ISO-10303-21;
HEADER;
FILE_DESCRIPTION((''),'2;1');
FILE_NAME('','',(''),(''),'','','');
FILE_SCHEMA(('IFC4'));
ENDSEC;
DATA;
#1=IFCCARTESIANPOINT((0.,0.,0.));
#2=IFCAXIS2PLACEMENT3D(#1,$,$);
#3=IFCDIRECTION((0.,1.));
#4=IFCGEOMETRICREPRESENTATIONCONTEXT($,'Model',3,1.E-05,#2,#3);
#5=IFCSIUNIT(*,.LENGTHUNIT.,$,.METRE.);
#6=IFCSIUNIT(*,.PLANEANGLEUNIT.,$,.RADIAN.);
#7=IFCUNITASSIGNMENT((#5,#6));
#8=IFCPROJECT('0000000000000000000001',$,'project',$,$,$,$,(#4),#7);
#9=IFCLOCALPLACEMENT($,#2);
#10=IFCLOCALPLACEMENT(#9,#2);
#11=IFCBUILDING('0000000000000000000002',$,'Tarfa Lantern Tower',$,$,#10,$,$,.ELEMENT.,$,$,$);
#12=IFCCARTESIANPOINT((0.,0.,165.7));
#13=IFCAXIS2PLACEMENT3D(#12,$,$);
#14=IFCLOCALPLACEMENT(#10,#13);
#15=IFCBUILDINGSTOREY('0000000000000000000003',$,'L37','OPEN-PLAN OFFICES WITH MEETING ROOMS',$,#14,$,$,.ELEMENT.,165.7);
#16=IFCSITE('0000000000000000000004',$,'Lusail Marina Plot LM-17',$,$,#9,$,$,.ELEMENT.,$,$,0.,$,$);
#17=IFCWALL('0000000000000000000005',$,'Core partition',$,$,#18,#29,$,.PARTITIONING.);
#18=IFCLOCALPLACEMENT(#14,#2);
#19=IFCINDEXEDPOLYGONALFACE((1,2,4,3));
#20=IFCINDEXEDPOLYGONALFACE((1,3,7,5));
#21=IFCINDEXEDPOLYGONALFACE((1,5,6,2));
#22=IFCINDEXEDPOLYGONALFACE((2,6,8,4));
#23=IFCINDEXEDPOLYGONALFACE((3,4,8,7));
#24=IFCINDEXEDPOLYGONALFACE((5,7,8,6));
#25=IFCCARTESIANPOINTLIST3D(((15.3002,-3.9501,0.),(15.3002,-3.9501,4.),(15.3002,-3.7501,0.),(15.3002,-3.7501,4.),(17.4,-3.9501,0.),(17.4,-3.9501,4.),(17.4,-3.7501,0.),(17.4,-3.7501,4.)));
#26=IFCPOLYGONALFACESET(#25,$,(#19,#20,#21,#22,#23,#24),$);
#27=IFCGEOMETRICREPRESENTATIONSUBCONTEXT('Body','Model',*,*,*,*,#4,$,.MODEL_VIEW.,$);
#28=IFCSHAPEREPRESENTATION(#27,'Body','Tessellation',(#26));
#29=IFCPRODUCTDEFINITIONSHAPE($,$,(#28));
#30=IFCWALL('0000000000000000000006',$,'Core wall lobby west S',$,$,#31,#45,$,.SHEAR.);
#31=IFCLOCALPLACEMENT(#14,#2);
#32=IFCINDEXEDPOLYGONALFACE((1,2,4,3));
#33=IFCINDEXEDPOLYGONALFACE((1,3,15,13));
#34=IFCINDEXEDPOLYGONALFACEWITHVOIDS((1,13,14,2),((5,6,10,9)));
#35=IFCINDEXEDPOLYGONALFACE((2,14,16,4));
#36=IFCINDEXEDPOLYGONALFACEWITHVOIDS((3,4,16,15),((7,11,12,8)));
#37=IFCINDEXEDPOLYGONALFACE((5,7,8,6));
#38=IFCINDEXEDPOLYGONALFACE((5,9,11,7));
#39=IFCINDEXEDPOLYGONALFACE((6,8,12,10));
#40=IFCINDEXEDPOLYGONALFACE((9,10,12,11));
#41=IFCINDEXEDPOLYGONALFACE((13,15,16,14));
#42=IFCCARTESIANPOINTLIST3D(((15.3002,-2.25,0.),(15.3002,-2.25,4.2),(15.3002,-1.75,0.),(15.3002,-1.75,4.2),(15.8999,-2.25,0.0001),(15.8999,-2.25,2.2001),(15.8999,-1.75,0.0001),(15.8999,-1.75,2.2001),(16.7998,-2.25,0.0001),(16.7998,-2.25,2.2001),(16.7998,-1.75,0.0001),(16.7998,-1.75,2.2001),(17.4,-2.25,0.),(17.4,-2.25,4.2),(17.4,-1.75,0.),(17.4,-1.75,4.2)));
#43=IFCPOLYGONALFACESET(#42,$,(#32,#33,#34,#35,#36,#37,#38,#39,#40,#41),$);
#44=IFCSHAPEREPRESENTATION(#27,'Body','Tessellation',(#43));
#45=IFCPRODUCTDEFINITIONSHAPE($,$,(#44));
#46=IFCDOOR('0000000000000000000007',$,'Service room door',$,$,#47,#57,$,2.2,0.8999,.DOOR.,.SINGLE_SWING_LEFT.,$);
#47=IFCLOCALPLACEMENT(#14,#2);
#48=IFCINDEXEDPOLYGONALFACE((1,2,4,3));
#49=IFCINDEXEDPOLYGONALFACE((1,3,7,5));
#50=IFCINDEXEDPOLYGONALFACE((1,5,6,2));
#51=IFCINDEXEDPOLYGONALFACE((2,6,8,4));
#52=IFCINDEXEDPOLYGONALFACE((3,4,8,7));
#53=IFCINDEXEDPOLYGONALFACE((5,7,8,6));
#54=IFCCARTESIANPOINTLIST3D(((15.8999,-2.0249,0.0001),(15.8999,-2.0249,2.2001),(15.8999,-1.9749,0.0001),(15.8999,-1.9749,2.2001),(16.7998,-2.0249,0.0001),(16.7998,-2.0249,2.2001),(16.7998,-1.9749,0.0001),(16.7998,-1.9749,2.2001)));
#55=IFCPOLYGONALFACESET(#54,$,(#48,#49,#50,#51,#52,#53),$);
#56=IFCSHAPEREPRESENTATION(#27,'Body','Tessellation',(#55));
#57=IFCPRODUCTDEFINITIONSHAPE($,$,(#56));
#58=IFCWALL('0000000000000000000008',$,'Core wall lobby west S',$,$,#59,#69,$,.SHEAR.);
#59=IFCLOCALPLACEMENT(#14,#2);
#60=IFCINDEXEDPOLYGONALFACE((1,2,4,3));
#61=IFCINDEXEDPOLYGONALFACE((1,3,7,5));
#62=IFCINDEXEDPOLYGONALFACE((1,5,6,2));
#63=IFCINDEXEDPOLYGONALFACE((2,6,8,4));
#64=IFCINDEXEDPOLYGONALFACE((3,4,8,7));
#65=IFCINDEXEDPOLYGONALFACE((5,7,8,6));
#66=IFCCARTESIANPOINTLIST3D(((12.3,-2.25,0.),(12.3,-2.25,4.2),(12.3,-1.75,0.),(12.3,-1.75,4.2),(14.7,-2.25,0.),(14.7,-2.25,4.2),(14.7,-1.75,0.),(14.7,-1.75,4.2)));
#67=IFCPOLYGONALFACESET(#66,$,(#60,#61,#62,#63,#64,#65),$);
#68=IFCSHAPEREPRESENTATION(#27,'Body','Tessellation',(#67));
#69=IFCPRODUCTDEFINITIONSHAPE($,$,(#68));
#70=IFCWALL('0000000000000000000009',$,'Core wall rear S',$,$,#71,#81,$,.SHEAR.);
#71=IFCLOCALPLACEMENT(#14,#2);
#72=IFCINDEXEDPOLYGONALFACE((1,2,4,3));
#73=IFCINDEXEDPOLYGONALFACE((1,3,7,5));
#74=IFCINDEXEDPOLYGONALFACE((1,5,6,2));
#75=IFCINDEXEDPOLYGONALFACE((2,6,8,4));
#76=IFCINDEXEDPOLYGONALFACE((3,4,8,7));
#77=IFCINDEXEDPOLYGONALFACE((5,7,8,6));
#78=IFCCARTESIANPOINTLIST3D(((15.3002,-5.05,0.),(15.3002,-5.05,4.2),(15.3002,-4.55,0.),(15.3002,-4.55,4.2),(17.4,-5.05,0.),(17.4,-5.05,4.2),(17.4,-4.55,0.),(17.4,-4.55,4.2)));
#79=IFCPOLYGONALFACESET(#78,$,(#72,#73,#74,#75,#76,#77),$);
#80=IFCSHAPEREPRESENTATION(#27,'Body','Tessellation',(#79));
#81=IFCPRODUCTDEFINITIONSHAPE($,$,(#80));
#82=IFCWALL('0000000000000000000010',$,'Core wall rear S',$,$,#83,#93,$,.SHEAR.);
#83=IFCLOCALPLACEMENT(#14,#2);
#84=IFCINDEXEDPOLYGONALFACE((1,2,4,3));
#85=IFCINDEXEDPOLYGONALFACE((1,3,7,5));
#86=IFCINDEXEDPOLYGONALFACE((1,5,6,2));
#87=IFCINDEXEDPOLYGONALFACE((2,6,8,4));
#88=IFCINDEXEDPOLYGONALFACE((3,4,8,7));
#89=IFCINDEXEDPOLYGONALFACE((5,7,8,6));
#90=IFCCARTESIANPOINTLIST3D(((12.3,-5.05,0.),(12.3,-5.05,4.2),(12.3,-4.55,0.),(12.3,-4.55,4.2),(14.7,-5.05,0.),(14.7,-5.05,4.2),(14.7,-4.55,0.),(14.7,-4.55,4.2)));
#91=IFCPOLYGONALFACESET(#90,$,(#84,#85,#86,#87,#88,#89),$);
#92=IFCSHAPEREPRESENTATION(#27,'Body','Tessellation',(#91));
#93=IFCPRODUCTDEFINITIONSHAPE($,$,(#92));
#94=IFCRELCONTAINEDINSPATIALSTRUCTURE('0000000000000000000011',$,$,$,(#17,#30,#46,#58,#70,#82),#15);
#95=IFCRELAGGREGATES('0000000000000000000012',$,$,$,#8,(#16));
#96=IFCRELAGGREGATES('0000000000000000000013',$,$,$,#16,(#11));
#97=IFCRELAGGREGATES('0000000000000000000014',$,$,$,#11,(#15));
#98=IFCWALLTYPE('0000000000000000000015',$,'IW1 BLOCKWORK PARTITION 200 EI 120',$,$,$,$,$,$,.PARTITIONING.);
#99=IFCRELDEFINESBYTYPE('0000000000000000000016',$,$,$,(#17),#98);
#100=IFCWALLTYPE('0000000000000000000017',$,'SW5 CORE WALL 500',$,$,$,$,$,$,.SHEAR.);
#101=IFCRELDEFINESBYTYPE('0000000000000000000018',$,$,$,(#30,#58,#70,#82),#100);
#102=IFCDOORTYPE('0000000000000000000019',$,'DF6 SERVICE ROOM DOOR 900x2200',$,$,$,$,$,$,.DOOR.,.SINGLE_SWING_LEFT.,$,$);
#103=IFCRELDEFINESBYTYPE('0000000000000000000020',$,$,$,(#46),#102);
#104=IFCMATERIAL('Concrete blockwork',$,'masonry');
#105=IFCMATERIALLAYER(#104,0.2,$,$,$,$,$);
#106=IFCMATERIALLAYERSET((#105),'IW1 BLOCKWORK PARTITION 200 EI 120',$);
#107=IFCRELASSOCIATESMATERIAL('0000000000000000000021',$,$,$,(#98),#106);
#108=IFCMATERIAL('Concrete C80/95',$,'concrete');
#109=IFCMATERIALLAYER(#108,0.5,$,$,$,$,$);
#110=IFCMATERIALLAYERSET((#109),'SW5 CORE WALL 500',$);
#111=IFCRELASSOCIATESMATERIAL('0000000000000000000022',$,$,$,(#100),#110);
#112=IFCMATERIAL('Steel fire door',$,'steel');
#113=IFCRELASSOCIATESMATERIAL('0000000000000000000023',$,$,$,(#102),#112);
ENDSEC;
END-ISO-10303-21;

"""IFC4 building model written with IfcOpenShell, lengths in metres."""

from ifc_helpers import new_model, si_unit, direction, frame, frame_2d, origin, place, context, subcontext, project, spatial, rectangle, extrude, material, layer, layer_set, type_object, element, fill, save


model = new_model("IFC4")

# Units and contexts
model_context = context("Model", 3, precision=1e-05, world=origin(), true_north=direction((0.0, 1.0)))
body_context = subcontext(model_context, "Body", "Model", "MODEL_VIEW")
ifc_project = project(units=[si_unit("LENGTHUNIT", "METRE"), si_unit("PLANEANGLEUNIT", "RADIAN")], contexts=[model_context])

# Site, building, storey
site_placement = place(None, origin())
site = spatial("IfcSite", under=ifc_project, at=site_placement, Name="Lusail Marina Plot LM-17", CompositionType="ELEMENT", RefElevation=0.0)
building_placement = place(site_placement, origin())
building = spatial("IfcBuilding", under=site, at=building_placement, Name="Tarfa Lantern Tower", CompositionType="ELEMENT")
storey_placement = place(building_placement, frame((0.0, 0.0, 165.7)))
storey = spatial("IfcBuildingStorey", under=building, at=storey_placement, Name="L37", Description="OPEN-PLAN OFFICES WITH MEETING ROOMS", CompositionType="ELEMENT", Elevation=165.7)

# Wall
ifc_material_1 = material(Name="Concrete blockwork", Category="masonry")
ifc_layer_1 = layer(ifc_material_1, 0.2)
ifc_layer_set_1 = layer_set([ifc_layer_1], Name="IW1 BLOCKWORK PARTITION 200 EI 120")
wall_type_1 = type_object("IfcWallType", Name="IW1 BLOCKWORK PARTITION 200 EI 120", PredefinedType="PARTITIONING", material=ifc_layer_set_1)
wall_1_placement = place(storey_placement, frame((17.3999, -3.8501, 0.0), z_axis=(0.0, 0.0, 1.0), x_axis=(-1.0, 0.0, 0.0)))
element("IfcWall", 1, at=wall_1_placement, inside=storey, type_object=wall_type_1, Name="Core partition", PredefinedType="PARTITIONING", context=body_context, shape_type="SweptSolid", body=[
    extrude(rectangle(XDim=2.0999, YDim=0.2, at=frame_2d((1.0498, 0.0))), origin(), (0.0, 0.0, 1.0), 4.0),
])

# Wall, opening, door
ifc_material_2 = material(Name="Concrete C80/95", Category="concrete")
ifc_material_3 = material(Name="Steel fire door", Category="steel")
ifc_layer_2 = layer(ifc_material_2, 0.5)
ifc_layer_set_2 = layer_set([ifc_layer_2], Name="SW5 CORE WALL 500")
wall_type_2 = type_object("IfcWallType", Name="SW5 CORE WALL 500", PredefinedType="SHEAR", material=ifc_layer_set_2)
wall_2_placement = place(storey_placement, frame((17.3999, -2.0, 0.0), z_axis=(0.0, 0.0, 1.0), x_axis=(-1.0, 0.0, 0.0)))
wall_2 = element("IfcWall", 2, at=wall_2_placement, inside=storey, type_object=wall_type_2, Name="Core wall lobby west S", PredefinedType="SHEAR", context=body_context, shape_type="SweptSolid", body=[
    extrude(rectangle(XDim=2.0999, YDim=0.5, at=frame_2d((1.0498, 0.0))), origin(), (0.0, 0.0, 1.0), 4.2),
])
opening_1_placement = place(wall_2_placement, frame((0.6001, 0.0, 0.0)))
opening_1 = element("IfcOpeningElement", 3, at=opening_1_placement, cuts=wall_2, PredefinedType="OPENING", context=body_context, shape_type="SweptSolid", body=[
    extrude(rectangle(XDim=0.8999, YDim=2.2, at=frame_2d((0.45, 1.1001))), frame((0.0, 0.26, 0.0), z_axis=(0.0, -1.0, 0.0), x_axis=(1.0, 0.0, 0.0)), (0.0, 0.0, 1.0), 0.52),
])
door_type_1 = type_object("IfcDoorType", Name="DF6 SERVICE ROOM DOOR 900x2200", OperationType="SINGLE_SWING_LEFT", PredefinedType="DOOR", material=ifc_material_3)
door_1_placement = place(opening_1_placement, origin())
door_1 = element("IfcDoor", 4, at=door_1_placement, inside=storey, type_object=door_type_1, Name="Service room door", OperationType="SINGLE_SWING_LEFT", OverallHeight=2.2, OverallWidth=0.8999, PredefinedType="DOOR", context=body_context, shape_type="SweptSolid", body=[
    extrude(rectangle(XDim=0.8999, YDim=2.2, at=frame_2d((0.45, 1.1001))), frame((0.0, 0.0249, 0.0), z_axis=(0.0, -1.0, 0.0), x_axis=(1.0, 0.0, 0.0)), (0.0, 0.0, 1.0), 0.05),
])
fill(opening_1, door_1)

# Walls
wall_3_placement = place(storey_placement, frame((14.7, -2.0, 0.0), z_axis=(0.0, 0.0, 1.0), x_axis=(-1.0, 0.0, 0.0)))
element("IfcWall", 5, at=wall_3_placement, inside=storey, type_object=wall_type_2, Name="Core wall lobby west S", PredefinedType="SHEAR", context=body_context, shape_type="SweptSolid", body=[
    extrude(rectangle(XDim=2.3999, YDim=0.5, at=frame_2d((1.2, 0.0))), origin(), (0.0, 0.0, 1.0), 4.2),
])
wall_4_placement = place(storey_placement, frame((17.3999, -4.8, 0.0), z_axis=(0.0, 0.0, 1.0), x_axis=(-1.0, 0.0, 0.0)))
element("IfcWall", 6, at=wall_4_placement, inside=storey, type_object=wall_type_2, Name="Core wall rear S", PredefinedType="SHEAR", context=body_context, shape_type="SweptSolid", body=[
    extrude(rectangle(XDim=2.0999, YDim=0.5, at=frame_2d((1.0498, 0.0))), origin(), (0.0, 0.0, 1.0), 4.2),
])
wall_5_placement = place(storey_placement, frame((14.7, -4.8, 0.0), z_axis=(0.0, 0.0, 1.0), x_axis=(-1.0, 0.0, 0.0)))
element("IfcWall", 7, at=wall_5_placement, inside=storey, type_object=wall_type_2, Name="Core wall rear S", PredefinedType="SHEAR", context=body_context, shape_type="SweptSolid", body=[
    extrude(rectangle(XDim=2.3999, YDim=0.5, at=frame_2d((1.2, 0.0))), origin(), (0.0, 0.0, 1.0), 4.2),
])

save(model, "model.ifc")
